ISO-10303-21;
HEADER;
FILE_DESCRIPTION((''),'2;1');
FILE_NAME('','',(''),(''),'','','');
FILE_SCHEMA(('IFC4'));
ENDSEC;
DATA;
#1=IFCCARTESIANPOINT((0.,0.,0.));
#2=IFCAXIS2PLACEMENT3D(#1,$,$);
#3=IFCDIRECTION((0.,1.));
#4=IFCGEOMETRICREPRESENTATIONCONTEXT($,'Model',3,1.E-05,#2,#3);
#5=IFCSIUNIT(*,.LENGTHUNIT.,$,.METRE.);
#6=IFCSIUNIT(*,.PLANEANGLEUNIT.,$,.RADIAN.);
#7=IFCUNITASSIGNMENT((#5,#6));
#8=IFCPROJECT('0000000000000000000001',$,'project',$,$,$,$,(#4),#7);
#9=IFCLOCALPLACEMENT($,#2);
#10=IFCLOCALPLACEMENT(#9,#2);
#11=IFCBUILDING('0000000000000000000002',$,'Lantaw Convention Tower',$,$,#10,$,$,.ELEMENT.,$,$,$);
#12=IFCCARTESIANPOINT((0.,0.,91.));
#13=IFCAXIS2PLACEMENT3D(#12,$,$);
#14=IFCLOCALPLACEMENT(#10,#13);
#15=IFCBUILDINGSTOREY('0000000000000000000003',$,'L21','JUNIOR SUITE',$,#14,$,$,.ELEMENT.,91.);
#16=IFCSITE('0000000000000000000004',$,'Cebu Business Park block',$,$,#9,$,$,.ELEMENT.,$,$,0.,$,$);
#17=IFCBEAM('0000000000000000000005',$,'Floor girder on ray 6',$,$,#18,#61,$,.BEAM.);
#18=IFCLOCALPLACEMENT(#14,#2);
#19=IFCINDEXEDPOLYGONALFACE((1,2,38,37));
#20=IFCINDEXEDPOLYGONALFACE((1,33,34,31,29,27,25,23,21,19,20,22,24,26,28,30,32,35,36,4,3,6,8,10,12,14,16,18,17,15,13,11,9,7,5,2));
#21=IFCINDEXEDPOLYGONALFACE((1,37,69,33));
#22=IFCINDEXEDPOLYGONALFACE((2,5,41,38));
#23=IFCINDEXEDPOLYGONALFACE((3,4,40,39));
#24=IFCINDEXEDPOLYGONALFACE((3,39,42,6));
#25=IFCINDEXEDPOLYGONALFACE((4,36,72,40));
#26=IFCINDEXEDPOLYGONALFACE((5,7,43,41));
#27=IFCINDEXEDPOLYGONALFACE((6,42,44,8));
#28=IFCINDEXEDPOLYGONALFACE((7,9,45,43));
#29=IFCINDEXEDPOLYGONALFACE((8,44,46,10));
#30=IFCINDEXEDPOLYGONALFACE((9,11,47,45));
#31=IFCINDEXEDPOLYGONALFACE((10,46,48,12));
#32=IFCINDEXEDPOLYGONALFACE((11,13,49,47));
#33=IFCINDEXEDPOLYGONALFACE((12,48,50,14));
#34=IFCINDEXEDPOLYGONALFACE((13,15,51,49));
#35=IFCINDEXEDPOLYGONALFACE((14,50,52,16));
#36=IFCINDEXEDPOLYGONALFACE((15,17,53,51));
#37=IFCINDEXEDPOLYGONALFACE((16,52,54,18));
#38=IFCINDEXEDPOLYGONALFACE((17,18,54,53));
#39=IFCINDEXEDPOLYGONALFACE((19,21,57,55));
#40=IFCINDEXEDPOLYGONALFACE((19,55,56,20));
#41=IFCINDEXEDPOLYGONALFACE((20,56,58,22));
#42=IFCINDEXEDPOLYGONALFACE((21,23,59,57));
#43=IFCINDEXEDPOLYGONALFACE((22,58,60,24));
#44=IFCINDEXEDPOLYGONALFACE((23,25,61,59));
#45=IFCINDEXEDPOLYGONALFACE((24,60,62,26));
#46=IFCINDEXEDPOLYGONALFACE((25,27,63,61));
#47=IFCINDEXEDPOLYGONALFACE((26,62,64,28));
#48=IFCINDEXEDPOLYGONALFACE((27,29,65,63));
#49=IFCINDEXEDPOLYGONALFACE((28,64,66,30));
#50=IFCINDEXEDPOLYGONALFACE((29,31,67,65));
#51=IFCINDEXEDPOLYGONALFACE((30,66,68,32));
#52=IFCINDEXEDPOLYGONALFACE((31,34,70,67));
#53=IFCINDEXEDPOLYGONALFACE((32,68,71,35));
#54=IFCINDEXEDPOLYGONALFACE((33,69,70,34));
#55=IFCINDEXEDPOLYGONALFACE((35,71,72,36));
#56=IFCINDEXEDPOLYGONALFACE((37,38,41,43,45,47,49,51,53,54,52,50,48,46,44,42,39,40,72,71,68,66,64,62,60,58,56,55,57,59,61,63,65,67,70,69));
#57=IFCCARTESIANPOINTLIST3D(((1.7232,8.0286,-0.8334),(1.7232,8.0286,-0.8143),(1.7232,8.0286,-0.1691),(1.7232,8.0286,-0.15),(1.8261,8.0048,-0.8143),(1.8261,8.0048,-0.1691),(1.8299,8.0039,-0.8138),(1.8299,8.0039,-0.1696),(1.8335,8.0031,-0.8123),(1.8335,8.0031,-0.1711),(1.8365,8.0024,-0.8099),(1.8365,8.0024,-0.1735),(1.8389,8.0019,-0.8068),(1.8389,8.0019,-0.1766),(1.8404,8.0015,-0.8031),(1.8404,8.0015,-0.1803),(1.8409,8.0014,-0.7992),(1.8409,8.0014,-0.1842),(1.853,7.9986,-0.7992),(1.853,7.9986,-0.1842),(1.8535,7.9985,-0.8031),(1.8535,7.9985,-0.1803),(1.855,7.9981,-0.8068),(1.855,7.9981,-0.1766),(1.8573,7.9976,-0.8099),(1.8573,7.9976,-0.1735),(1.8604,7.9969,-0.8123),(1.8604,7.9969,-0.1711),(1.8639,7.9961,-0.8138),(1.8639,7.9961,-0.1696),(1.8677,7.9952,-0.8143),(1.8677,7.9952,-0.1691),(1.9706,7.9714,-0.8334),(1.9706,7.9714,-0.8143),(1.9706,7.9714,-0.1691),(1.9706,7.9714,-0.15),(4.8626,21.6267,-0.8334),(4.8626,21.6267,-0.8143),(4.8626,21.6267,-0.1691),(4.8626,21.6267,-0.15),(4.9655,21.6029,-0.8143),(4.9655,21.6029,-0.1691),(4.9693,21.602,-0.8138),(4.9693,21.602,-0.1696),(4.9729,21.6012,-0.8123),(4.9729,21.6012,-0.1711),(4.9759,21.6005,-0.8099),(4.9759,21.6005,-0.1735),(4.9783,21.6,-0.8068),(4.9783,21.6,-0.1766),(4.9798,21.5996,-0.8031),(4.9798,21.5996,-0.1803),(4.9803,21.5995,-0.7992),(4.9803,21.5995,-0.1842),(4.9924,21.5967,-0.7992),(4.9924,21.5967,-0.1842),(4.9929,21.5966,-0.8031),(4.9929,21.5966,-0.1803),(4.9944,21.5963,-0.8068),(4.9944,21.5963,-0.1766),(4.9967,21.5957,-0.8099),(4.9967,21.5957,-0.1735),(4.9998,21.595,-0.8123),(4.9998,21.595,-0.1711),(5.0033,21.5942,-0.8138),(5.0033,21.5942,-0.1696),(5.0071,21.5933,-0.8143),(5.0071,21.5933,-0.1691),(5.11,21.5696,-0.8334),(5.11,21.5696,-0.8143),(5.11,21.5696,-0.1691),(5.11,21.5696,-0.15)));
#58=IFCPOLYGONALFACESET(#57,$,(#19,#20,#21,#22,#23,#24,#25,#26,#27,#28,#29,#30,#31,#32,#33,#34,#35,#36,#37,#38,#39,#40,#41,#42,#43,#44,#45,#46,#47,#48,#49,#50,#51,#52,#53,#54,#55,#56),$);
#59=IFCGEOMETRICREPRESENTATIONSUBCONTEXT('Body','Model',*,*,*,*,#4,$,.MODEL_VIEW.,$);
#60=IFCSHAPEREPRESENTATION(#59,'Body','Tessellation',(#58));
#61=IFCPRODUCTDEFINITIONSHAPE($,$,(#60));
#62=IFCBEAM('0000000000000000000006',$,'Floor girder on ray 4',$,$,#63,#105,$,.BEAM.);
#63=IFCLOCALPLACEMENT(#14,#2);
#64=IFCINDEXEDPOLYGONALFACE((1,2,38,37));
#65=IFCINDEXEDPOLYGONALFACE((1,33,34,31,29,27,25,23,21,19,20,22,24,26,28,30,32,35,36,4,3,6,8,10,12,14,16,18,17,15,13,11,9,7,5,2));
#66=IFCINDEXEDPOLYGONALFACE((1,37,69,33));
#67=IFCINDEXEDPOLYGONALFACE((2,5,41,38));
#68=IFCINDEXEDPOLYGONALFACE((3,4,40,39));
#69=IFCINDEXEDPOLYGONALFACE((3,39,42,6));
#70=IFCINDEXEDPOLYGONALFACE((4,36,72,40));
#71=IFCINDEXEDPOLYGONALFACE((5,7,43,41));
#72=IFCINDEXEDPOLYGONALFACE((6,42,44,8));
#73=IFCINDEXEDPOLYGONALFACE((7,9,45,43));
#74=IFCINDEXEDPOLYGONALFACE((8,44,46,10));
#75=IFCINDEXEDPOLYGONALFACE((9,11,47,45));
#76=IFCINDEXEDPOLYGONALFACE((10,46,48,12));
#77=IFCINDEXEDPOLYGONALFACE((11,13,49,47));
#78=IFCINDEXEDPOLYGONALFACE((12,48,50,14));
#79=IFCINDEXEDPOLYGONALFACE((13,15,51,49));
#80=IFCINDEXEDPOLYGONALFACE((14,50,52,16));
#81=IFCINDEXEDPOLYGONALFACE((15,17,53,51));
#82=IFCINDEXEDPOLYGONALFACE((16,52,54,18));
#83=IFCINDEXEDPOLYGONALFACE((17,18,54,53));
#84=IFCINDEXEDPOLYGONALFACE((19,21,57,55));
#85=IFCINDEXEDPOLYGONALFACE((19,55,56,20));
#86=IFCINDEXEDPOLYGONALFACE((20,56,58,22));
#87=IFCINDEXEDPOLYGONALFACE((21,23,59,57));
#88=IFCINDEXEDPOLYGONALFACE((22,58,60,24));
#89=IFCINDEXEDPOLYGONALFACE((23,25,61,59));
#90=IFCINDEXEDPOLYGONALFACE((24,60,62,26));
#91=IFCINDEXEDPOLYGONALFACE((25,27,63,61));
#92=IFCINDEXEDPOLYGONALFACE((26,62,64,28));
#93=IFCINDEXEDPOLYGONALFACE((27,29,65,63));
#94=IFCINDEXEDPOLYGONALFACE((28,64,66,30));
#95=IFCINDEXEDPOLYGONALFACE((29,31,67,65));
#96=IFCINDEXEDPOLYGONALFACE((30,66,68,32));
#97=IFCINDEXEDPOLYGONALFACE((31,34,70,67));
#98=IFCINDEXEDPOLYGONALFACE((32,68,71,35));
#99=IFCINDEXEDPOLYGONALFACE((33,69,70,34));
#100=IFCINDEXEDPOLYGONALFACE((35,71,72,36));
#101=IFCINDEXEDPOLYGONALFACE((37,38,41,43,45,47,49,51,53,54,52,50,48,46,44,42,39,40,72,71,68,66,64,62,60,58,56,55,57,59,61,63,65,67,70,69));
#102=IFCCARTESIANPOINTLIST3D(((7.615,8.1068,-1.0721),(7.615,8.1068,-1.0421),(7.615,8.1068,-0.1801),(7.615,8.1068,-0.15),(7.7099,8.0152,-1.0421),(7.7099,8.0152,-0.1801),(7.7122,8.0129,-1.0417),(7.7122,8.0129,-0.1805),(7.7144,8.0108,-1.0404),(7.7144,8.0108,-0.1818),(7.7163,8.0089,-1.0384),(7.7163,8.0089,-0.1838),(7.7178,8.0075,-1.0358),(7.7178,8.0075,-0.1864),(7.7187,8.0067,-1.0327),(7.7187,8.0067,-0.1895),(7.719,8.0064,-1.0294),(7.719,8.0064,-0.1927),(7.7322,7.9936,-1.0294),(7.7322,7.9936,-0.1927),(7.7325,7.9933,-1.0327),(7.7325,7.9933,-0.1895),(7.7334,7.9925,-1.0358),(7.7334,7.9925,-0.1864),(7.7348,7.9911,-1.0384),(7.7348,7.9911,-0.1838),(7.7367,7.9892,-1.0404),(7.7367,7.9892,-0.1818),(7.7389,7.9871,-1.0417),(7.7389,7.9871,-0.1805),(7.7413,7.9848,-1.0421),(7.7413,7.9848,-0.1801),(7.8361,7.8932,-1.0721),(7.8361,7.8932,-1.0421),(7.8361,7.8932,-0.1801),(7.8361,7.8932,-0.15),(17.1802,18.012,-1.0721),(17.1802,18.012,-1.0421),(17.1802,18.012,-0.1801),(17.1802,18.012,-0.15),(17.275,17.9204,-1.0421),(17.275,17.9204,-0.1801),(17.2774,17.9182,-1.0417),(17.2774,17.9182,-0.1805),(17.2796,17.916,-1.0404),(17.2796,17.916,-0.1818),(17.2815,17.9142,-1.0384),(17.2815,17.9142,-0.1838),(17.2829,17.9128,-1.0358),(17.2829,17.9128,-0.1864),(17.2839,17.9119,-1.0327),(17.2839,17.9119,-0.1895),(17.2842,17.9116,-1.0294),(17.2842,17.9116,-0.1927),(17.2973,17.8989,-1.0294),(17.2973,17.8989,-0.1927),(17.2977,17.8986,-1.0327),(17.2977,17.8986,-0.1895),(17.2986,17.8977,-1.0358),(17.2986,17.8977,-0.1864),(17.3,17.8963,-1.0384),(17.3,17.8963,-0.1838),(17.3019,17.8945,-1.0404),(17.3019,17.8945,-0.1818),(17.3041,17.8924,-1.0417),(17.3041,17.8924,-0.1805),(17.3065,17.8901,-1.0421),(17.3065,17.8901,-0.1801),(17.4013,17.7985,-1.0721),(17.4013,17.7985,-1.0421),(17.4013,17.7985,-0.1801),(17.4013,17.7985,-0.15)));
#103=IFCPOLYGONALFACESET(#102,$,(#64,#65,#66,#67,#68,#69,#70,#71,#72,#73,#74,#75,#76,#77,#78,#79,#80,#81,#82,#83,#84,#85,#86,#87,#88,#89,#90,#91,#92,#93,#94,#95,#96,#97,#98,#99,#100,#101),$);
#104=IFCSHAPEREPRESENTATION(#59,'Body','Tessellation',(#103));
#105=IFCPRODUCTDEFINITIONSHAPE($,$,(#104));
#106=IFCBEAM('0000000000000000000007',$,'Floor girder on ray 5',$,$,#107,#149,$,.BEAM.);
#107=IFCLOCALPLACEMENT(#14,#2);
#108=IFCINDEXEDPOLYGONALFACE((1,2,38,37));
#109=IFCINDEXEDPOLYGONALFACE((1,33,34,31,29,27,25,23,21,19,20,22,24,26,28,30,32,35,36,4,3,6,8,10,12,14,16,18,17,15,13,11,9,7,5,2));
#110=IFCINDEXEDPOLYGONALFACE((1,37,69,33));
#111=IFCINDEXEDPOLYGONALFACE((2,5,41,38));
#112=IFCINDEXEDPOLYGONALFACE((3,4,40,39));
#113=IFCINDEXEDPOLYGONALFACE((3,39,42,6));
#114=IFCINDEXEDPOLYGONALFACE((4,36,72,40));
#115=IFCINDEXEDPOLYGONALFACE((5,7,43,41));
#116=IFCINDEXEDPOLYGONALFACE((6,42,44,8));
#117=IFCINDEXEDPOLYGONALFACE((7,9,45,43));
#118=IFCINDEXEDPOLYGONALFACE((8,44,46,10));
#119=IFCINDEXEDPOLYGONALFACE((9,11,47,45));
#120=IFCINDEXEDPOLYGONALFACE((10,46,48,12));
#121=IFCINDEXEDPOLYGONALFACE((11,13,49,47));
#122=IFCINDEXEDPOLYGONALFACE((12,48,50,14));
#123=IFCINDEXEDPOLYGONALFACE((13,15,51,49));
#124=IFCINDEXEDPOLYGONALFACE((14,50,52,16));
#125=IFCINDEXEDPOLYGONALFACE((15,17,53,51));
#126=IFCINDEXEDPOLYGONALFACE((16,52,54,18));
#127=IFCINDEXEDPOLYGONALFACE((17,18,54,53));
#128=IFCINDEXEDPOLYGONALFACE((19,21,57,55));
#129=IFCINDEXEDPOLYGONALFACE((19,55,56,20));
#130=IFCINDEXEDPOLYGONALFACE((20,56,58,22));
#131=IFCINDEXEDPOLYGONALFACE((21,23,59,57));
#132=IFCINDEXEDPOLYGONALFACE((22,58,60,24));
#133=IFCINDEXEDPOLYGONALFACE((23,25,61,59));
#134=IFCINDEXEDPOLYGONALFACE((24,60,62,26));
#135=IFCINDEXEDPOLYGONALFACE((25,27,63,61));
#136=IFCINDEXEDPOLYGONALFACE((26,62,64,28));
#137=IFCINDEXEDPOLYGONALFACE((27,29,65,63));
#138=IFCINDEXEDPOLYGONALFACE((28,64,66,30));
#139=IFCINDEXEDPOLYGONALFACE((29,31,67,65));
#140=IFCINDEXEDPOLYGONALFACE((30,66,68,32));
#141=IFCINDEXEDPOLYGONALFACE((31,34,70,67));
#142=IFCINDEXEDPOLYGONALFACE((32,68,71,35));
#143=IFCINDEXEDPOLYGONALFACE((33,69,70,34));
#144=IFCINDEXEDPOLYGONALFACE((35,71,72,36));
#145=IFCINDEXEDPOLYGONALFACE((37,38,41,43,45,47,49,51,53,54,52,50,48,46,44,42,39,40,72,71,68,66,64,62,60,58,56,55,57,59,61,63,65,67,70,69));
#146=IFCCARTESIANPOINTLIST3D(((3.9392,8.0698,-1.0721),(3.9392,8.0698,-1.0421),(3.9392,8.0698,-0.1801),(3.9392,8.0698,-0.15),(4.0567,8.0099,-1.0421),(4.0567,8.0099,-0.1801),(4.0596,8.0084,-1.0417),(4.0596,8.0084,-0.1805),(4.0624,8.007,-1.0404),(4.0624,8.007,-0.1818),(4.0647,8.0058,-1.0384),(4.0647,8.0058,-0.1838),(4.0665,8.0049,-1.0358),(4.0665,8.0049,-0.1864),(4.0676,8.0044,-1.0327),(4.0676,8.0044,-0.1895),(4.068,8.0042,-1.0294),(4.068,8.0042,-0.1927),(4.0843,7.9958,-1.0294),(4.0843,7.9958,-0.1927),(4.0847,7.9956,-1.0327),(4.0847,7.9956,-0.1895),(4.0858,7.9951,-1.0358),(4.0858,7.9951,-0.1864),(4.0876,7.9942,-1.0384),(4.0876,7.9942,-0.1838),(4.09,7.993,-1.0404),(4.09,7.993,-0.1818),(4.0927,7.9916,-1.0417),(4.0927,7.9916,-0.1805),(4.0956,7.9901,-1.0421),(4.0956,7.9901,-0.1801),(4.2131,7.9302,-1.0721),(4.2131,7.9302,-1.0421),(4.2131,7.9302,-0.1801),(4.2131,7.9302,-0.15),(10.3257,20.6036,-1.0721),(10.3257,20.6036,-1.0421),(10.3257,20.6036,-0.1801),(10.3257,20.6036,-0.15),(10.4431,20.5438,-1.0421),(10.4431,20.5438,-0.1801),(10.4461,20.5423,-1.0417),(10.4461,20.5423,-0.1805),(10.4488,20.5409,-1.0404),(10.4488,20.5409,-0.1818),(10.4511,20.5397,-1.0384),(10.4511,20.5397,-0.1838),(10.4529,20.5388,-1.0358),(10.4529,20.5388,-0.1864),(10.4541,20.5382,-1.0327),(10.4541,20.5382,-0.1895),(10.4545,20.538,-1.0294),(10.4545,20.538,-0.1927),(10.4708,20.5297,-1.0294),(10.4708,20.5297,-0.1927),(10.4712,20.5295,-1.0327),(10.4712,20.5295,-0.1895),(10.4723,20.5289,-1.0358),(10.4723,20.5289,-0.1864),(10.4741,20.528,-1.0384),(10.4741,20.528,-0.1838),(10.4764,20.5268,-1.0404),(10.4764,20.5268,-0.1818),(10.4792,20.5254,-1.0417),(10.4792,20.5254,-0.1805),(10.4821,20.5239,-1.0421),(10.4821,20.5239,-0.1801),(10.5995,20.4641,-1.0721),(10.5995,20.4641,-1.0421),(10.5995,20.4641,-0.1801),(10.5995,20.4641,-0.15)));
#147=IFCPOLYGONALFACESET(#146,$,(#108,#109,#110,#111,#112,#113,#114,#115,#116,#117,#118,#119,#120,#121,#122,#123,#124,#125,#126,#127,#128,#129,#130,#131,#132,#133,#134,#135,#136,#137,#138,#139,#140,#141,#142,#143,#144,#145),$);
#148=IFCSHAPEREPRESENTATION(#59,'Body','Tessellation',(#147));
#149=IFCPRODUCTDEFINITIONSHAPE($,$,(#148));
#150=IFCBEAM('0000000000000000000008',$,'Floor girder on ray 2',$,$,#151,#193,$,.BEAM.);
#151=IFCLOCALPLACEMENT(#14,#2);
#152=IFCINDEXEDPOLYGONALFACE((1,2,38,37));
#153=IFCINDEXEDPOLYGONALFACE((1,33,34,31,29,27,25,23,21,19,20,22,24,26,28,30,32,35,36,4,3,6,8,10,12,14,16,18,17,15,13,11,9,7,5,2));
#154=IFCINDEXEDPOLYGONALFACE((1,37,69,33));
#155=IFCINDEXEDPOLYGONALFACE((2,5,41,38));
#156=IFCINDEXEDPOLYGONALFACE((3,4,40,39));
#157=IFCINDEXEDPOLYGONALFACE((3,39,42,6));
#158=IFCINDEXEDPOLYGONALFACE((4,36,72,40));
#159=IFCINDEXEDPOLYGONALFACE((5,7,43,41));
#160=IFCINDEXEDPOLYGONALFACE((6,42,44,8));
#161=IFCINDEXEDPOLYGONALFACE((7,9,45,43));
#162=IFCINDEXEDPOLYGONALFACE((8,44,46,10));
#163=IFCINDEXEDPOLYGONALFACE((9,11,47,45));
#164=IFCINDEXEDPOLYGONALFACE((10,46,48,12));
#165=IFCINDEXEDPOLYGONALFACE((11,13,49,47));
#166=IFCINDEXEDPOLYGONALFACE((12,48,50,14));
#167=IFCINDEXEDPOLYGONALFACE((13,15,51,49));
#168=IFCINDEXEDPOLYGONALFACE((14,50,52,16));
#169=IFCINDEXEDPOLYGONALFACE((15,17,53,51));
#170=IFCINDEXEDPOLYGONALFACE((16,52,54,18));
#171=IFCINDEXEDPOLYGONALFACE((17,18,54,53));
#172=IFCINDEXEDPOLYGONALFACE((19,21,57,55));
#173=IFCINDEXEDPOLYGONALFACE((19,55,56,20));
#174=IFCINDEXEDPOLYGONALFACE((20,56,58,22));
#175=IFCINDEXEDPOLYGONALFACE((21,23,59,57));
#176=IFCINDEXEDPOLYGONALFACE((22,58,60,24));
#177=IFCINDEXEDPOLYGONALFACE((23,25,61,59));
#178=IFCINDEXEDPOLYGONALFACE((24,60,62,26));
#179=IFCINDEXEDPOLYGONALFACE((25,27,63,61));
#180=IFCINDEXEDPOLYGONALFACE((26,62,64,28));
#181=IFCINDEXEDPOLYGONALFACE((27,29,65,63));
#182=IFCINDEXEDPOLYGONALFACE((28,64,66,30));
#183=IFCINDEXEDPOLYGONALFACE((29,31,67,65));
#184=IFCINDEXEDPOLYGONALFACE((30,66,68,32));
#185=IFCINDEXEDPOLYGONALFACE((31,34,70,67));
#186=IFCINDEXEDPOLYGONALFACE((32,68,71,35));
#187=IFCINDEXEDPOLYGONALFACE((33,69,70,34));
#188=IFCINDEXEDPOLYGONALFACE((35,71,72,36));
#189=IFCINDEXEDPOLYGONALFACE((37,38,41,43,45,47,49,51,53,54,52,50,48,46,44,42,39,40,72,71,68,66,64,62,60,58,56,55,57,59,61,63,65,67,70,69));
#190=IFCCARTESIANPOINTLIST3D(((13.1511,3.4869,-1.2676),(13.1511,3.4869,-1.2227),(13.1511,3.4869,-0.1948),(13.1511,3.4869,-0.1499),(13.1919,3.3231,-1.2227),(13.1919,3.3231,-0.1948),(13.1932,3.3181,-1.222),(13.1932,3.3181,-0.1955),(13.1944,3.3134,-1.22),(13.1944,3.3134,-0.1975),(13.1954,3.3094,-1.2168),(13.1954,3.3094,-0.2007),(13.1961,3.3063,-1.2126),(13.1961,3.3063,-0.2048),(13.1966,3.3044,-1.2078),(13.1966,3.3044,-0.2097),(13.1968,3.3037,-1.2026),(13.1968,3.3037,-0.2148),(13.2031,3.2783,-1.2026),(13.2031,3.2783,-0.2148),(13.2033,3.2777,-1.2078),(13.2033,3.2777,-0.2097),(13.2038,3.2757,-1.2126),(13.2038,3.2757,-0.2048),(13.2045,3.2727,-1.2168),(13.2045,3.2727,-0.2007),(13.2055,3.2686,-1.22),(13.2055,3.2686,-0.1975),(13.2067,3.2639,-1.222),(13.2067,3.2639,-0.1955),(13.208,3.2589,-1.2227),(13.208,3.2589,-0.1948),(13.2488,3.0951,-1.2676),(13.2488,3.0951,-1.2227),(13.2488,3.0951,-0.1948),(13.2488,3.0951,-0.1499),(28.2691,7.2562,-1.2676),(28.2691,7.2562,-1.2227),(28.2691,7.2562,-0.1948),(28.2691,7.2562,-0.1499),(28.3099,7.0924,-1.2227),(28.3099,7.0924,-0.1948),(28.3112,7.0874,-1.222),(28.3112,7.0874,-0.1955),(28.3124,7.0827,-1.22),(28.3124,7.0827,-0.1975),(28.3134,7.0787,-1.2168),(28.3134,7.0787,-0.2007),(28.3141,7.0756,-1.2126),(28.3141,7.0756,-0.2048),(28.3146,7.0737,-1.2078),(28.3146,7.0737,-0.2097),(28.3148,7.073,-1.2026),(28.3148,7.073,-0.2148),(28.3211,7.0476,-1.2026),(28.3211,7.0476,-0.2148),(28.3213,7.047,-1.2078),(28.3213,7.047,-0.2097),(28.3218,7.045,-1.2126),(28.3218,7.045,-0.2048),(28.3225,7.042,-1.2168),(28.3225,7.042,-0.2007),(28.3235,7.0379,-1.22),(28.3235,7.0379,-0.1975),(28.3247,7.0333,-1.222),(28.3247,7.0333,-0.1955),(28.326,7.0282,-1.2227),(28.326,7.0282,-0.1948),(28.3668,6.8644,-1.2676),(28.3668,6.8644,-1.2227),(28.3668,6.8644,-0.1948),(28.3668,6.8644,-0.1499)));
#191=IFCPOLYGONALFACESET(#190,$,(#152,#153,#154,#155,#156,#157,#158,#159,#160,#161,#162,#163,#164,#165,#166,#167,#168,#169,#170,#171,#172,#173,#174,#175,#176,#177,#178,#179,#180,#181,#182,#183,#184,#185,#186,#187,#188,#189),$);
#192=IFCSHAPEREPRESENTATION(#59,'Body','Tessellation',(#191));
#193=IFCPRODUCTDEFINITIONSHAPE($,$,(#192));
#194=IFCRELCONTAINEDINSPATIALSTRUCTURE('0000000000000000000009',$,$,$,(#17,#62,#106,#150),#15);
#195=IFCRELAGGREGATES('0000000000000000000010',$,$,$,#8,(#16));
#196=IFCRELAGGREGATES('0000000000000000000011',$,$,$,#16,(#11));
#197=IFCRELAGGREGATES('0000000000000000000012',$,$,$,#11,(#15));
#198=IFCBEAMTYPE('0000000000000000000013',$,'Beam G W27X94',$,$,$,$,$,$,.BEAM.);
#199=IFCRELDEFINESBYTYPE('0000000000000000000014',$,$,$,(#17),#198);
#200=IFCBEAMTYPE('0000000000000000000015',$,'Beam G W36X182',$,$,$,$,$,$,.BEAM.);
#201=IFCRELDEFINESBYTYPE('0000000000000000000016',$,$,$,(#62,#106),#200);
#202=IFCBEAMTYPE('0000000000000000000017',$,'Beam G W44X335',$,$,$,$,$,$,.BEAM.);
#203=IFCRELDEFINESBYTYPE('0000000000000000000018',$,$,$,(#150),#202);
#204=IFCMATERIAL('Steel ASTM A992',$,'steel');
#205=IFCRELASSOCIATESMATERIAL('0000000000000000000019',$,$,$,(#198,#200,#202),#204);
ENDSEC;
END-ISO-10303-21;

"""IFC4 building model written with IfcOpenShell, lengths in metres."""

from ifc_helpers import new_model, si_unit, direction, frame, origin, origin_2d, place, context, subcontext, project, spatial, i_section, extrude, material, material_profile, profile_set, type_object, element, save


model = new_model("IFC4")

# Units and contexts
model_context = context("Model", 3, precision=1e-05, world=origin(), true_north=direction((0.0, 1.0)))
body_context = subcontext(model_context, "Body", "Model", "MODEL_VIEW")
ifc_project = project(units=[si_unit("LENGTHUNIT", "METRE"), si_unit("PLANEANGLEUNIT", "RADIAN")], contexts=[model_context])

# Site, building, storey
site_placement = place(None, origin())
site = spatial("IfcSite", under=ifc_project, at=site_placement, Name="Cebu Business Park block", CompositionType="ELEMENT", RefElevation=0.0)
building_placement = place(site_placement, origin())
building = spatial("IfcBuilding", under=site, at=building_placement, Name="Lantaw Convention Tower", CompositionType="ELEMENT")
storey_placement = place(building_placement, frame((0.0, 0.0, 91.0)))
storey = spatial("IfcBuildingStorey", under=building, at=storey_placement, Name="L21", Description="JUNIOR SUITE", CompositionType="ELEMENT", Elevation=91.0)

# Beams
ifc_material_1 = material(Name="Steel ASTM A992", Category="steel")
ifc_material_profile_1 = material_profile(ifc_material_1, i_section(OverallWidth=0.2539, OverallDepth=0.6833, WebThickness=0.0125, FlangeThickness=0.019, FilletRadius=0.0151, at=origin_2d()), Name="W27X94")
ifc_profile_set_1 = profile_set([ifc_material_profile_1], Name="Steel ASTM A992")
beam_type_1 = type_object("IfcBeamType", Name="Beam G W27X94", PredefinedType="BEAM", material=ifc_profile_set_1)
beam_1_placement = place(storey_placement, frame((1.8469, 8.0, -0.4917), z_axis=(0.224953, 0.97437, 0.0), x_axis=(-0.97437, 0.224953, 0.0)))
element("IfcBeam", 1, at=beam_1_placement, inside=storey, type_object=beam_type_1, Name="Floor girder on ray 6", PredefinedType="BEAM", context=body_context, shape_type="SweptSolid", body=[
    extrude(i_section(OverallWidth=0.2539, OverallDepth=0.6833, WebThickness=0.0125, FlangeThickness=0.019, FilletRadius=0.0151, at=origin_2d()), origin(), (0.0, 0.0, 1.0), 13.9558),
])
ifc_material_profile_2 = material_profile(ifc_material_1, i_section(OverallWidth=0.3074, OverallDepth=0.9221, WebThickness=0.0183, FlangeThickness=0.03, FilletRadius=0.0127, at=origin_2d()), Name="W36X182")
ifc_profile_set_2 = profile_set([ifc_material_profile_2], Name="Steel ASTM A992")
beam_type_2 = type_object("IfcBeamType", Name="Beam G W36X182", PredefinedType="BEAM", material=ifc_profile_set_2)
beam_2_placement = place(storey_placement, frame((7.7256, 8.0, -0.6111), z_axis=(0.69465, 0.719348, 0.0), x_axis=(-0.719348, 0.69465, 0.0)))
element("IfcBeam", 2, at=beam_2_placement, inside=storey, type_object=beam_type_2, Name="Floor girder on ray 4", PredefinedType="BEAM", context=body_context, shape_type="SweptSolid", body=[
    extrude(i_section(OverallWidth=0.3074, OverallDepth=0.9221, WebThickness=0.0183, FlangeThickness=0.03, FilletRadius=0.0127, at=origin_2d()), origin(), (0.0, 0.0, 1.0), 13.7698),
])
beam_3_placement = place(storey_placement, frame((4.0762, 8.0, -0.6111), z_axis=(0.453997, 0.891003, 0.0), x_axis=(-0.891003, 0.453997, 0.0)))
element("IfcBeam", 3, at=beam_3_placement, inside=storey, type_object=beam_type_2, Name="Floor girder on ray 5", PredefinedType="BEAM", context=body_context, shape_type="SweptSolid", body=[
    extrude(i_section(OverallWidth=0.3074, OverallDepth=0.9221, WebThickness=0.0183, FlangeThickness=0.03, FilletRadius=0.0127, at=origin_2d()), origin(), (0.0, 0.0, 1.0), 14.0671),
])
ifc_material_profile_3 = material_profile(ifc_material_1, i_section(OverallWidth=0.4038, OverallDepth=1.1177, WebThickness=0.0261, FlangeThickness=0.0449, FilletRadius=0.02, at=origin_2d()), Name="W44X335")
ifc_profile_set_3 = profile_set([ifc_material_profile_3], Name="Steel ASTM A992")
beam_type_3 = type_object("IfcBeamType", Name="Beam G W44X335", PredefinedType="BEAM", material=ifc_profile_set_3)
beam_4_placement = place(storey_placement, frame((13.2, 3.291, -0.7087), z_axis=(0.970296, 0.24192, 0.0), x_axis=(-0.24192, 0.970296, 0.0)))
element("IfcBeam", 4, at=beam_4_placement, inside=storey, type_object=beam_type_3, Name="Floor girder on ray 2", PredefinedType="BEAM", context=body_context, shape_type="SweptSolid", body=[
    extrude(i_section(OverallWidth=0.4038, OverallDepth=1.1177, WebThickness=0.0261, FlangeThickness=0.0449, FilletRadius=0.02, at=origin_2d()), origin(), (0.0, 0.0, 1.0), 15.5808),
])

save(model, "model.ifc")
